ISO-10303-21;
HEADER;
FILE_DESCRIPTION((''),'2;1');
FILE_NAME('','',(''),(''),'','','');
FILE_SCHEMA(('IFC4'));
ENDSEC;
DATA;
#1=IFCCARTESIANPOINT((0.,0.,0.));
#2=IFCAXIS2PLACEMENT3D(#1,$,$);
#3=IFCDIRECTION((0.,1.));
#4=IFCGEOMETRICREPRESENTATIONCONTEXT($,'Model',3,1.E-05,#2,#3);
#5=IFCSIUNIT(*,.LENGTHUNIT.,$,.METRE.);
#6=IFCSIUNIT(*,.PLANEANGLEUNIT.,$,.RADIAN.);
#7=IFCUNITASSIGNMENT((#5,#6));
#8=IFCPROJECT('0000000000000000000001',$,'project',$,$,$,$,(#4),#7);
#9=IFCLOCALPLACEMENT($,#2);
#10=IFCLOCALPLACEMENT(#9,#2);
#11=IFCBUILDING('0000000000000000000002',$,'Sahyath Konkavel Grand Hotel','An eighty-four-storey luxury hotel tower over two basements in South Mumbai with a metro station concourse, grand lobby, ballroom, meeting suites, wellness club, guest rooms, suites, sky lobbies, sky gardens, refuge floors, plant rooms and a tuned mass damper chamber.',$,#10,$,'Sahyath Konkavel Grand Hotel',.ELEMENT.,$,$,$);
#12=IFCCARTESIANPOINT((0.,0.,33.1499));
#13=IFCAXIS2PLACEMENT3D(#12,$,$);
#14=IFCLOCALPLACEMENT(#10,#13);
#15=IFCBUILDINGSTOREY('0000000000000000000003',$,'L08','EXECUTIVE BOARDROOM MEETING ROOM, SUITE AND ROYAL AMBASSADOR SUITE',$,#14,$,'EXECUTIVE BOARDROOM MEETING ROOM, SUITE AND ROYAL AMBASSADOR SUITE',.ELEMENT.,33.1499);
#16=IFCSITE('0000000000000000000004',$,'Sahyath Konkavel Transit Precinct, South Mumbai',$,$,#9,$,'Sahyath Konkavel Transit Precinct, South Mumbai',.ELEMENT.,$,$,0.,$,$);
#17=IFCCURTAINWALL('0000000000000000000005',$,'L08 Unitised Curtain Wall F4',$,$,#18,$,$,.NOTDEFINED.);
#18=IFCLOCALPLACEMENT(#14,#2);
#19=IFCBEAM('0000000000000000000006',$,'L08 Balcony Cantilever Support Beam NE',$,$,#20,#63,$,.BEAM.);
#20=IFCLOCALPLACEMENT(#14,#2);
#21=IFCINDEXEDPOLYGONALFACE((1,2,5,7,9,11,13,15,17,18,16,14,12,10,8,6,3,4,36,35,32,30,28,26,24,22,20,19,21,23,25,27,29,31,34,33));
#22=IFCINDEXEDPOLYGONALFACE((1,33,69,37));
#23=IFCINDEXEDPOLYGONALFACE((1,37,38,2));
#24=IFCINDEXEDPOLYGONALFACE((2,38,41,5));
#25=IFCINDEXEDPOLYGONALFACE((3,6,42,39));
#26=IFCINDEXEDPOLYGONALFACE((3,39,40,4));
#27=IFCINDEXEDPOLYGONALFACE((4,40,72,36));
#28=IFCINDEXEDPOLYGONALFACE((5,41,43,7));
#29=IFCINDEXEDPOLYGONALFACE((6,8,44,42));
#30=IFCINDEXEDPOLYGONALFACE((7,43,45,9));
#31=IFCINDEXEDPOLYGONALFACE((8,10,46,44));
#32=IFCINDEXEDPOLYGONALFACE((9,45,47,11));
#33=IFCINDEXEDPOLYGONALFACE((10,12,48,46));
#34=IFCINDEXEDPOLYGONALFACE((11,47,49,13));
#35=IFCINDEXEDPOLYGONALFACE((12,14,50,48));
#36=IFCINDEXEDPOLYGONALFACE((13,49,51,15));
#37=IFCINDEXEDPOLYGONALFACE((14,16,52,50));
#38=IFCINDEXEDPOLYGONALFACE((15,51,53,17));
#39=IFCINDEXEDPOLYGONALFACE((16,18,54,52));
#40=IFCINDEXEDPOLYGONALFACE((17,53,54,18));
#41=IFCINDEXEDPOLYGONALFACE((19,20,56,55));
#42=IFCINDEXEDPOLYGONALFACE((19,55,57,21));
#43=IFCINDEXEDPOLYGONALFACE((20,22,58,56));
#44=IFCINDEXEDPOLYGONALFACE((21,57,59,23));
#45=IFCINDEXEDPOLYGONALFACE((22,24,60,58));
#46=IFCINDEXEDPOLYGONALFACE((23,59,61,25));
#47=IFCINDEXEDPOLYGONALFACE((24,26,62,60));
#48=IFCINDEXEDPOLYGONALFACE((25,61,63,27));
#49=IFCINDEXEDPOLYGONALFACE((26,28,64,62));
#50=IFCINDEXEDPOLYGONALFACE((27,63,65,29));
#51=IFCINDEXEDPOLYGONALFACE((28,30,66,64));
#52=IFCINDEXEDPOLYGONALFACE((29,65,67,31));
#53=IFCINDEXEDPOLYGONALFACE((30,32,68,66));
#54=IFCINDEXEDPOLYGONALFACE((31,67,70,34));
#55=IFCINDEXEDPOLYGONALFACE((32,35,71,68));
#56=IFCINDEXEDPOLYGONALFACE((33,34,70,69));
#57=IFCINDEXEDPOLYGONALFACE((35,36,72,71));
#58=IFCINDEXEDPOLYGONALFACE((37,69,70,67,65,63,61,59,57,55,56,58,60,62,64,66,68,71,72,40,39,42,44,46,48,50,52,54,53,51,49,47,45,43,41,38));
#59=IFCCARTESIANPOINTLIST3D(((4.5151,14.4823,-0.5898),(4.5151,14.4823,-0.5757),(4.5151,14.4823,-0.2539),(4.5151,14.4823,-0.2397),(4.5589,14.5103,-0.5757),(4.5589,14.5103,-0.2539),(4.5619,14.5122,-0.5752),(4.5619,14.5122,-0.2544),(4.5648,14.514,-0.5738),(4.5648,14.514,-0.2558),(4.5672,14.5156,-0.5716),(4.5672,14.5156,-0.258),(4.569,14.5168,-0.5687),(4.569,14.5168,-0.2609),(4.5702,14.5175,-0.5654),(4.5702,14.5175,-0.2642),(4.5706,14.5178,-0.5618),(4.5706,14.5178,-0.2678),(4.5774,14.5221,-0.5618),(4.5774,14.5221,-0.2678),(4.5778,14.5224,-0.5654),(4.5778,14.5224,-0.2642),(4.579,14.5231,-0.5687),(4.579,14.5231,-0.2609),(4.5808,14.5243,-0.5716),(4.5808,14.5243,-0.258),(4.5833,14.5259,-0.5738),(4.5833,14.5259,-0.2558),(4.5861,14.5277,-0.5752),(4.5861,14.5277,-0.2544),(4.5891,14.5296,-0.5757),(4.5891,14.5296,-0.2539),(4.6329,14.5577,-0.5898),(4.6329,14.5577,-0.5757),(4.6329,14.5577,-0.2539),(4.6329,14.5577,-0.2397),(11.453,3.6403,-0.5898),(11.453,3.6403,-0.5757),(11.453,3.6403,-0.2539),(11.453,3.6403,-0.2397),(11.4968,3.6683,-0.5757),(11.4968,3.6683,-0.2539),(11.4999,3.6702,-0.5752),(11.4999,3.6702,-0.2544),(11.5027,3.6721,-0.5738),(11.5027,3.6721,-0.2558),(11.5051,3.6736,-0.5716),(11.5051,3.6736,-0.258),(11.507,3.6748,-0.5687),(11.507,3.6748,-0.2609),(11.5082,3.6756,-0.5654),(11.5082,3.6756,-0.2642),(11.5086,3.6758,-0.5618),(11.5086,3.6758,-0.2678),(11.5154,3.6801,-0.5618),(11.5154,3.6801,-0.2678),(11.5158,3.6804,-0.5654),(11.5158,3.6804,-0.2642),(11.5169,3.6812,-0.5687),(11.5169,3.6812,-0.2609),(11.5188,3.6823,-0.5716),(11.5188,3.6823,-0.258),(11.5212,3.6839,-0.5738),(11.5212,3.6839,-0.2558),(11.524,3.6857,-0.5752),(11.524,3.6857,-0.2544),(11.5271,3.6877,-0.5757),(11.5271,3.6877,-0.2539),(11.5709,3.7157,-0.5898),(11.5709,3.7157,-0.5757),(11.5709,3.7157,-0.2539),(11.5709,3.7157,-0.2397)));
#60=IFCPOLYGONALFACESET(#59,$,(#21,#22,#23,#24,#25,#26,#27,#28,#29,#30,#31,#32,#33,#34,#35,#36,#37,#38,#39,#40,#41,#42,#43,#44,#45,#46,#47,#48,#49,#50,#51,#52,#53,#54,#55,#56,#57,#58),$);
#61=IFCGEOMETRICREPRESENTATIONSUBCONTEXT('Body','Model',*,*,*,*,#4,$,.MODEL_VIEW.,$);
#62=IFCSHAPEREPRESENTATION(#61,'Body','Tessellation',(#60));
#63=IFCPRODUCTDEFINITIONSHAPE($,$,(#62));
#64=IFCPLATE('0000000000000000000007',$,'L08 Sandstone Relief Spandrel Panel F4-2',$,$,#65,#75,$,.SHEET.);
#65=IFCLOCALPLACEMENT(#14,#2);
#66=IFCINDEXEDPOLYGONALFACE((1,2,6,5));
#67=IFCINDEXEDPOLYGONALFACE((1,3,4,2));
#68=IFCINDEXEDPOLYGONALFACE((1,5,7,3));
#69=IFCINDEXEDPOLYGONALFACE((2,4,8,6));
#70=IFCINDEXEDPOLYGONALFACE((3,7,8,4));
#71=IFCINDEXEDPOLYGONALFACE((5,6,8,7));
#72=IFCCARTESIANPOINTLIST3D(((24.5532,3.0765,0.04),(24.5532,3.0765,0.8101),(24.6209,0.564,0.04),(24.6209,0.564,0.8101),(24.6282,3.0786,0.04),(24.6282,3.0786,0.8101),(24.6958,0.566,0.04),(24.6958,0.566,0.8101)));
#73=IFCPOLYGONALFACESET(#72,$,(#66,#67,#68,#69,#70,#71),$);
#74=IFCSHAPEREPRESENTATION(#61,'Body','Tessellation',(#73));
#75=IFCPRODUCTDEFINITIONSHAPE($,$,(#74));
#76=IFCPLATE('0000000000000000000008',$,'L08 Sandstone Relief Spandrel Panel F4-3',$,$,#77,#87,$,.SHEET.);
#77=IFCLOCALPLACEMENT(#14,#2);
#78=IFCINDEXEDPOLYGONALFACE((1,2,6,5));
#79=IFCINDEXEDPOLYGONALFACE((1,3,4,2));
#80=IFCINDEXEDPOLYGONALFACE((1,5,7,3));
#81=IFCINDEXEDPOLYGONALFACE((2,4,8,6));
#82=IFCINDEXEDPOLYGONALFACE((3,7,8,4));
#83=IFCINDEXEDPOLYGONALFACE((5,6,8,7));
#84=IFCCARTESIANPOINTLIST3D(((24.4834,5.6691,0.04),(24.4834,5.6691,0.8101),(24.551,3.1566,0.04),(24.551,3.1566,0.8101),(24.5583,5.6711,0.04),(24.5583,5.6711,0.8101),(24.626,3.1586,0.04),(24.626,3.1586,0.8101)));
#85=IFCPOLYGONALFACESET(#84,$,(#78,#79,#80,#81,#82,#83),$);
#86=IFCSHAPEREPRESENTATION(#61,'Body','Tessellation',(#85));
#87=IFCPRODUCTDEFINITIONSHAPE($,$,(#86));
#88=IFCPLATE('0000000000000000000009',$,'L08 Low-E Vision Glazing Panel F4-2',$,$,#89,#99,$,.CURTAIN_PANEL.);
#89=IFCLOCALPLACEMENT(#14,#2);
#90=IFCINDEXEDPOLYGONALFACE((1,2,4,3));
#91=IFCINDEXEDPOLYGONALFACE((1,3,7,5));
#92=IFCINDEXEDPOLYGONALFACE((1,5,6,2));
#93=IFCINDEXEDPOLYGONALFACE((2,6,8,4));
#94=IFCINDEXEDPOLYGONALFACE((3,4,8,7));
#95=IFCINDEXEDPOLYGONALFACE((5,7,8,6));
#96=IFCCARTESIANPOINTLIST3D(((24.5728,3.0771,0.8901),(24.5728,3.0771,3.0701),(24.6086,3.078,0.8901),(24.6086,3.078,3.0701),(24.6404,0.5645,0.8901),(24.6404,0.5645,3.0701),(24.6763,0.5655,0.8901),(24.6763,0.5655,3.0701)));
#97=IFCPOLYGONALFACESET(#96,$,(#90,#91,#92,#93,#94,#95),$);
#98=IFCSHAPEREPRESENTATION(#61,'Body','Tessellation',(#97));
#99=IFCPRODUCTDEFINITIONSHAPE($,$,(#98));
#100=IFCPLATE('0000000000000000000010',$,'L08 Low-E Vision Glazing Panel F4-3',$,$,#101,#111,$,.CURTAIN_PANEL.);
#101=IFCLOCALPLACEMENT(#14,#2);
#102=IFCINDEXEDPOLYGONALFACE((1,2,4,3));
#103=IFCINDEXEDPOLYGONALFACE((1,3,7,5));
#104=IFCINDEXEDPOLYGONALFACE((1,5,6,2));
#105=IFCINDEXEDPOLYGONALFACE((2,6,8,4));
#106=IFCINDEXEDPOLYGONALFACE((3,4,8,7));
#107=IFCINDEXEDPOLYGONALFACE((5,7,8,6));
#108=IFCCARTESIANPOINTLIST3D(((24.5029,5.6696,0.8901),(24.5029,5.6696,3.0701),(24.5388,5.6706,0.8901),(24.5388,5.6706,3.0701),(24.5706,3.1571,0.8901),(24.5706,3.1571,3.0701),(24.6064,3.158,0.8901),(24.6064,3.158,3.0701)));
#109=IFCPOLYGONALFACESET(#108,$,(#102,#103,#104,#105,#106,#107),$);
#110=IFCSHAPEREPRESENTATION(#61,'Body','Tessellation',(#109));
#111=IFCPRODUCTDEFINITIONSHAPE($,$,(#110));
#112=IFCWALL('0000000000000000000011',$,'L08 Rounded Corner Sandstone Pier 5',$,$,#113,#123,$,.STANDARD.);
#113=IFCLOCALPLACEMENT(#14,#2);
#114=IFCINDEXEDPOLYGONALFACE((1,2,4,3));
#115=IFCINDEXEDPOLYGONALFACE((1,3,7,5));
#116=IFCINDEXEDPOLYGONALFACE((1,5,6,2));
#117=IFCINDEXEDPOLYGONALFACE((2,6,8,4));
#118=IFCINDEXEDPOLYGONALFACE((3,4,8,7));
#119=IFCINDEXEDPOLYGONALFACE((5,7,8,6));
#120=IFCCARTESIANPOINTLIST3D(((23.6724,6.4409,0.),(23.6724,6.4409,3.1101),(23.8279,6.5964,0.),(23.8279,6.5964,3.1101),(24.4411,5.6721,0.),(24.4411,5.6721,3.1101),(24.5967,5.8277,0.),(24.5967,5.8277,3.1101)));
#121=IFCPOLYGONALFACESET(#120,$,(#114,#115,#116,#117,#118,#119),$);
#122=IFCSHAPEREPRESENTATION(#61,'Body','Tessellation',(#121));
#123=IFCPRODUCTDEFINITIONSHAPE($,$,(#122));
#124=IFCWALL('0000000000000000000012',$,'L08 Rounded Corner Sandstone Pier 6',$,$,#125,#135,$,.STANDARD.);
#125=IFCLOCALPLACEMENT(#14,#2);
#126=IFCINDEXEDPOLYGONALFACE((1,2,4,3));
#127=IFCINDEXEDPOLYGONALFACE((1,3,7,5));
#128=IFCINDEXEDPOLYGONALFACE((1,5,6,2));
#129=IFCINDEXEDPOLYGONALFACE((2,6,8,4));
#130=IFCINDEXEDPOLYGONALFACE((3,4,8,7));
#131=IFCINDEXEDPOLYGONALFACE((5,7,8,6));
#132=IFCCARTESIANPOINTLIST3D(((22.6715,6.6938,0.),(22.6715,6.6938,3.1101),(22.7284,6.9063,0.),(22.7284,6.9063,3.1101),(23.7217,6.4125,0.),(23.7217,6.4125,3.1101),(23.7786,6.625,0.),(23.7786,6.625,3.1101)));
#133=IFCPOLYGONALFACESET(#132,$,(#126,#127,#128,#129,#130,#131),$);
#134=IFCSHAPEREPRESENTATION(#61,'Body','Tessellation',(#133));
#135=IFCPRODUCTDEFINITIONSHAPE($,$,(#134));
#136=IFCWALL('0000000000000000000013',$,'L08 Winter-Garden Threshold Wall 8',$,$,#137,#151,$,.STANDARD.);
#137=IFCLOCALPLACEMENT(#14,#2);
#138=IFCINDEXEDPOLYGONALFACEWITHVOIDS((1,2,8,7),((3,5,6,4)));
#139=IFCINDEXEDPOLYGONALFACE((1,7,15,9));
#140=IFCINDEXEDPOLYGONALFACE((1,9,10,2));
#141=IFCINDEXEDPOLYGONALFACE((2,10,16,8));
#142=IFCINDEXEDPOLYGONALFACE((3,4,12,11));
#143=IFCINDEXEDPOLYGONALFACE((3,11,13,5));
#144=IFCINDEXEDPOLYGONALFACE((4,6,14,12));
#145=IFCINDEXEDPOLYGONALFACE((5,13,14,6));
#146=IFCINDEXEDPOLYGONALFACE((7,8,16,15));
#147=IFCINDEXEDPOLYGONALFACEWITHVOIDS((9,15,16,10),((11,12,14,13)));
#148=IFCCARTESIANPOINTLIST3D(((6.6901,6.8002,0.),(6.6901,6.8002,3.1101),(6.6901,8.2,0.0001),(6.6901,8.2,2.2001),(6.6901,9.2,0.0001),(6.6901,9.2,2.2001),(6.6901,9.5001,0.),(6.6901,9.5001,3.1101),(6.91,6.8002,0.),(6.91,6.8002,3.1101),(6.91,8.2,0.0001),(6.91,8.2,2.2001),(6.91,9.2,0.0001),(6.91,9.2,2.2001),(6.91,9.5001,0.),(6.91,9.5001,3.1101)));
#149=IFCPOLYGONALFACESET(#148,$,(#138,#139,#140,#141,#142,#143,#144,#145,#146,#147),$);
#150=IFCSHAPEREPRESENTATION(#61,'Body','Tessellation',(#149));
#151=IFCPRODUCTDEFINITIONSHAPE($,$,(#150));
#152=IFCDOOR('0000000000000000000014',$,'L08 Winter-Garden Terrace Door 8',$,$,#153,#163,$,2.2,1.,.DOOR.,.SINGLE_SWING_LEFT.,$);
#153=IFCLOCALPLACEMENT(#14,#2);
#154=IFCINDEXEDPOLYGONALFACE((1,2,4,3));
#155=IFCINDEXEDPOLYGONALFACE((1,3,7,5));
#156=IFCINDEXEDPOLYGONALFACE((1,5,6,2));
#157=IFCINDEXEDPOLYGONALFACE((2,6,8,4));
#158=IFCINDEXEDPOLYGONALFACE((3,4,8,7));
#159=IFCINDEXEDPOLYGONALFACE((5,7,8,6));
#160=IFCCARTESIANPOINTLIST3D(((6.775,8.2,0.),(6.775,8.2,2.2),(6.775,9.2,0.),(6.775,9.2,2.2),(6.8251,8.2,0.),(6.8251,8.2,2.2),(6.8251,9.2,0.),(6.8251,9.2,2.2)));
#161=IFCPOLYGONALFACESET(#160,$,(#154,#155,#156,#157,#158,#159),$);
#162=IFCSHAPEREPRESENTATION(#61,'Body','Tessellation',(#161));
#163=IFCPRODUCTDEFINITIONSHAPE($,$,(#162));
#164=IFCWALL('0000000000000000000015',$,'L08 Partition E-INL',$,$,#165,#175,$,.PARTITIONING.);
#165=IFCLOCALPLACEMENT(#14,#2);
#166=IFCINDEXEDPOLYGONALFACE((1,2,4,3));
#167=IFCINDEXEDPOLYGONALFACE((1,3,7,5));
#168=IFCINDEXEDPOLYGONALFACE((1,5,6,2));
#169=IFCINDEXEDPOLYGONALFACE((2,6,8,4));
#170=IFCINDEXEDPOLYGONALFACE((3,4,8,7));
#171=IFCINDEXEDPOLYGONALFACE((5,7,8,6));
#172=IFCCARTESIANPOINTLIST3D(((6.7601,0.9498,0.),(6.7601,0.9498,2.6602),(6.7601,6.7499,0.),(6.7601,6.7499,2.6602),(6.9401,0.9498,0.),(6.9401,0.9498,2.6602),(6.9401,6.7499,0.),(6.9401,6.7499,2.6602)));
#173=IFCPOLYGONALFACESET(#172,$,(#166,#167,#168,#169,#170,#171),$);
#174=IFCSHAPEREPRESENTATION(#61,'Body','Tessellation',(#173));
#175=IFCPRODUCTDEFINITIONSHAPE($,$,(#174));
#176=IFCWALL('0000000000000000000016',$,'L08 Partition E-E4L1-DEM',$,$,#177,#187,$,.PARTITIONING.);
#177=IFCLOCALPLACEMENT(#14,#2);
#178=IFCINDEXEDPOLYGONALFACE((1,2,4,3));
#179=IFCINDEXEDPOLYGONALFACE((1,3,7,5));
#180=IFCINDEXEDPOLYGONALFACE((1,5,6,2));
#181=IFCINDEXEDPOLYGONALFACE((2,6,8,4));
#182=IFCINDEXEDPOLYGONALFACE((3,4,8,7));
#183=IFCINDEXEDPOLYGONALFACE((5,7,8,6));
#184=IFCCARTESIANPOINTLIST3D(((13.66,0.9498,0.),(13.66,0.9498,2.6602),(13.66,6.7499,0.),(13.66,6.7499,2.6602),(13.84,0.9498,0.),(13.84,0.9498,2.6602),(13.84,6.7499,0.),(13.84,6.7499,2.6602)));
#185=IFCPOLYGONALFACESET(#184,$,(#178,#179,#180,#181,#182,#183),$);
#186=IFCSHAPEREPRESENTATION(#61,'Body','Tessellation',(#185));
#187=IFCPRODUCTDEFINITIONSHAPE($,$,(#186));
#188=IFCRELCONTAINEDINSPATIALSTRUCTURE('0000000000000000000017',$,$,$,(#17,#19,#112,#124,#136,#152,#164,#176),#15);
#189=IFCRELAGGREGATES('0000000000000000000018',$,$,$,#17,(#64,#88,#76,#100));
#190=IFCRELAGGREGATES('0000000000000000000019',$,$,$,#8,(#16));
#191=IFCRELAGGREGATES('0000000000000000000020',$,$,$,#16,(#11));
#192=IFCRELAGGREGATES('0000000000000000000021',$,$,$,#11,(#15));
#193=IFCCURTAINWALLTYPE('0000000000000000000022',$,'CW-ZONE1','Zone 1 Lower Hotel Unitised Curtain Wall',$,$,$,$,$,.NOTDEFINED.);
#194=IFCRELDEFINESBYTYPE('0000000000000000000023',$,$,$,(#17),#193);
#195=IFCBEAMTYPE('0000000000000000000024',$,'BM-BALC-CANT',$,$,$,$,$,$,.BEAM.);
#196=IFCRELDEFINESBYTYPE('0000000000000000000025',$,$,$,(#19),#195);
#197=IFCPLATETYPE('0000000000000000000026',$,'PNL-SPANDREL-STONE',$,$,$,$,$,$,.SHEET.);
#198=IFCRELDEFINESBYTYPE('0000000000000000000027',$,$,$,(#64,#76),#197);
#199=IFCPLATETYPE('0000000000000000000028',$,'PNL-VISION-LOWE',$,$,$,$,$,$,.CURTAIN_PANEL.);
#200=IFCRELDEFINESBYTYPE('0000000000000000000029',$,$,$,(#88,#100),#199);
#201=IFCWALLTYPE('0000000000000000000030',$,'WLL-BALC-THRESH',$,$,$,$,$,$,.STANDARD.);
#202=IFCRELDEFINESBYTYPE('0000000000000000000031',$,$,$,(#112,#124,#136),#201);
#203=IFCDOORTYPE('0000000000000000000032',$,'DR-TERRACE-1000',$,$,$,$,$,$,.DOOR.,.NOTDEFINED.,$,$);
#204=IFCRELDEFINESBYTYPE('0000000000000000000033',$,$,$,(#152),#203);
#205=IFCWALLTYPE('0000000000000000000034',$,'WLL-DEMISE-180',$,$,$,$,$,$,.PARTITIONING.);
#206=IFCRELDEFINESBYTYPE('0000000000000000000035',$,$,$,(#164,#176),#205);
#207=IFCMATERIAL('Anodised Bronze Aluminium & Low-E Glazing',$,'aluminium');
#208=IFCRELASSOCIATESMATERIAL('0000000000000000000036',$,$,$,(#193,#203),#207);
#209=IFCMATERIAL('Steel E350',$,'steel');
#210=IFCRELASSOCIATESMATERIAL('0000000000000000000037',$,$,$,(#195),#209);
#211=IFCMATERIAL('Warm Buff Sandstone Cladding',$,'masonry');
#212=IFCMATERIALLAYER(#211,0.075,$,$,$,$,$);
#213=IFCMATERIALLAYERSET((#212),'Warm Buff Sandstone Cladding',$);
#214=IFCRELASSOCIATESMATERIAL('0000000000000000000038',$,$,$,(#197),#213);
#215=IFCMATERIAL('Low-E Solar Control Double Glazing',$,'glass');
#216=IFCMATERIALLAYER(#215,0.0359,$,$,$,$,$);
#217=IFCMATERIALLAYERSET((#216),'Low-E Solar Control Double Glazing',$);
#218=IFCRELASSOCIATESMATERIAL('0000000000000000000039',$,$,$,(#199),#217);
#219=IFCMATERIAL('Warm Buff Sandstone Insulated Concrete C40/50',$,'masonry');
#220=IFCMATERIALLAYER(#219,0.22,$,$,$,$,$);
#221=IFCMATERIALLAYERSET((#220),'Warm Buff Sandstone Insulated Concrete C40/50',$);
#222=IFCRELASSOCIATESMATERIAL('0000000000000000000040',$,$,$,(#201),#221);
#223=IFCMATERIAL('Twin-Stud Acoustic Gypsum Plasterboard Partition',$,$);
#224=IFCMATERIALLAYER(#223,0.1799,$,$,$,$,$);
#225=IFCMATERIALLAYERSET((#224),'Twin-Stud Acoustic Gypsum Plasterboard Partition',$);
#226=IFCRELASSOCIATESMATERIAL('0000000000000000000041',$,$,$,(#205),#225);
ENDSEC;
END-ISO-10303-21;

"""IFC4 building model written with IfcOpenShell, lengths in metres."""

from ifc_helpers import new_model, si_unit, direction, frame, frame_2d, origin, origin_2d, place, context, subcontext, project, spatial, rectangle, i_section, extrude, source, transform, mapped, material, layer, layer_set, material_profile, profile_set, type_object, element, fill, aggregate, save


model = new_model("IFC4")

# Units and contexts
model_context = context("Model", 3, precision=1e-05, world=origin(), true_north=direction((0.0, 1.0)))
body_context = subcontext(model_context, "Body", "Model", "MODEL_VIEW")
ifc_project = project(units=[si_unit("LENGTHUNIT", "METRE"), si_unit("PLANEANGLEUNIT", "RADIAN")], contexts=[model_context])

# Site, building, storey
site_placement = place(None, origin())
site = spatial("IfcSite", under=ifc_project, at=site_placement, Name="Sahyath Konkavel Transit Precinct, South Mumbai", LongName="Sahyath Konkavel Transit Precinct, South Mumbai", CompositionType="ELEMENT", RefElevation=0.0)
building_placement = place(site_placement, origin())
building = spatial("IfcBuilding", under=site, at=building_placement, Name="Sahyath Konkavel Grand Hotel", Description="An eighty-four-storey luxury hotel tower over two basements in South Mumbai with a metro station concourse, grand lobby, ballroom, meeting suites, wellness club, guest rooms, suites, sky lobbies, sky gardens, refuge floors, plant rooms and a tuned mass damper chamber.", LongName="Sahyath Konkavel Grand Hotel", CompositionType="ELEMENT")
storey_placement = place(building_placement, frame((0.0, 0.0, 33.1499)))
storey = spatial("IfcBuildingStorey", under=building, at=storey_placement, Name="L08", Description="EXECUTIVE BOARDROOM MEETING ROOM, SUITE AND ROYAL AMBASSADOR SUITE", LongName="EXECUTIVE BOARDROOM MEETING ROOM, SUITE AND ROYAL AMBASSADOR SUITE", CompositionType="ELEMENT", Elevation=33.1499)

# Shared definitions
ifc_material_1 = material(Name="Steel E350", Category="steel")

# Curtain wall
ifc_material_2 = material(Name="Anodised Bronze Aluminium & Low-E Glazing", Category="aluminium")
curtain_wall_type = type_object("IfcCurtainWallType", Name="CW-ZONE1", Description="Zone 1 Lower Hotel Unitised Curtain Wall", PredefinedType="NOTDEFINED", material=ifc_material_2)
curtain_wall_placement = place(storey_placement, origin())
curtain_wall = element("IfcCurtainWall", 1, at=curtain_wall_placement, inside=storey, type_object=curtain_wall_type, Name="L08 Unitised Curtain Wall F4", PredefinedType="NOTDEFINED")

# Beam
ifc_material_profile_1 = material_profile(ifc_material_1, i_section(OverallWidth=0.1399, OverallDepth=0.3501, WebThickness=0.0081, FlangeThickness=0.0142, FilletRadius=0.0139, at=origin_2d()), Name="ISMB 350")
ifc_profile_set_1 = profile_set([ifc_material_profile_1], Name="Steel E350")
beam_type_1 = type_object("IfcBeamType", Name="BM-BALC-CANT", PredefinedType="BEAM", material=ifc_profile_set_1)
shared_shape_1 = source(origin(), body_context, "Body", "SweptSolid", [
    extrude(i_section(OverallWidth=0.1399, OverallDepth=0.3501, WebThickness=0.0081, FlangeThickness=0.0142, FilletRadius=0.0139, at=origin_2d()), origin(), (0.0, 0.0, 1.0), 12.8718),
])
beam_1_placement = place(storey_placement, frame((11.512, 3.678, -0.4148), z_axis=(-0.539003, 0.842304, 0.0), x_axis=(-0.842304, -0.539003, 0.0)))
element("IfcBeam", 2, at=beam_1_placement, inside=storey, type_object=beam_type_1, Name="L08 Balcony Cantilever Support Beam NE", PredefinedType="BEAM", context=body_context, shape_type="MappedRepresentation", body=[
    mapped(shared_shape_1, transform((0.0, 0.0, 0.0), scale=1.0)),
])

# Plates
ifc_material_3 = material(Name="Warm Buff Sandstone Cladding", Category="masonry")
ifc_layer_1 = layer(ifc_material_3, 0.075)
ifc_layer_set_1 = layer_set([ifc_layer_1], Name="Warm Buff Sandstone Cladding")
plate_type_1 = type_object("IfcPlateType", Name="PNL-SPANDREL-STONE", PredefinedType="SHEET", material=ifc_layer_set_1)
shared_shape_2 = source(origin(), body_context, "Body", "SweptSolid", [
    extrude(rectangle(XDim=2.5134, YDim=0.075, at=origin_2d()), origin(), (0.0, 0.0, 1.0), 0.77),
])
plate_1_placement = place(storey_placement, frame((24.6245, 1.8213, 0.04), z_axis=(0.0, 0.0, 1.0), x_axis=(-0.02691, 0.999638, 0.0)))
plate_1 = element("IfcPlate", 3, at=plate_1_placement, type_object=plate_type_1, Name="L08 Sandstone Relief Spandrel Panel F4-2", PredefinedType="SHEET", context=body_context, shape_type="MappedRepresentation", body=[
    mapped(shared_shape_2, transform((0.0, 0.0, 0.0), scale=1.0)),
])
plate_2_placement = place(storey_placement, frame((24.5547, 4.4138, 0.04), z_axis=(0.0, 0.0, 1.0), x_axis=(-0.02691, 0.999638, 0.0)))
plate_2 = element("IfcPlate", 4, at=plate_2_placement, type_object=plate_type_1, Name="L08 Sandstone Relief Spandrel Panel F4-3", PredefinedType="SHEET", context=body_context, shape_type="MappedRepresentation", body=[
    mapped(shared_shape_2, transform((0.0, 0.0, 0.0), scale=1.0)),
])
ifc_material_4 = material(Name="Low-E Solar Control Double Glazing", Category="glass")
ifc_layer_2 = layer(ifc_material_4, 0.0359)
ifc_layer_set_2 = layer_set([ifc_layer_2], Name="Low-E Solar Control Double Glazing")
plate_type_2 = type_object("IfcPlateType", Name="PNL-VISION-LOWE", PredefinedType="CURTAIN_PANEL", material=ifc_layer_set_2)
shared_shape_3 = source(origin(), body_context, "Body", "SweptSolid", [
    extrude(rectangle(XDim=2.5134, YDim=0.0359, at=origin_2d()), origin(), (0.0, 0.0, 1.0), 2.1799),
])
plate_3_placement = place(storey_placement, frame((24.6245, 1.8213, 0.8901), z_axis=(0.0, 0.0, 1.0), x_axis=(-0.02691, 0.999638, 0.0)))
plate_3 = element("IfcPlate", 5, at=plate_3_placement, type_object=plate_type_2, Name="L08 Low-E Vision Glazing Panel F4-2", PredefinedType="CURTAIN_PANEL", context=body_context, shape_type="MappedRepresentation", body=[
    mapped(shared_shape_3, transform((0.0, 0.0, 0.0), scale=1.0)),
])
plate_4_placement = place(storey_placement, frame((24.5547, 4.4138, 0.8901), z_axis=(0.0, 0.0, 1.0), x_axis=(-0.02691, 0.999638, 0.0)))
plate_4 = element("IfcPlate", 6, at=plate_4_placement, type_object=plate_type_2, Name="L08 Low-E Vision Glazing Panel F4-3", PredefinedType="CURTAIN_PANEL", context=body_context, shape_type="MappedRepresentation", body=[
    mapped(shared_shape_3, transform((0.0, 0.0, 0.0), scale=1.0)),
])
aggregate(curtain_wall, [plate_1, plate_3, plate_2, plate_4])

# Walls
ifc_material_5 = material(Name="Warm Buff Sandstone Insulated Concrete C40/50", Category="masonry")
ifc_layer_3 = layer(ifc_material_5, 0.22)
ifc_layer_set_3 = layer_set([ifc_layer_3], Name="Warm Buff Sandstone Insulated Concrete C40/50")
wall_type_1 = type_object("IfcWallType", Name="WLL-BALC-THRESH", PredefinedType="STANDARD", material=ifc_layer_set_3)
for number, where, z_axis, x_axis, name in (
    (7, (24.5188, 5.75, 0.0), (0.0, 0.0, 1.0), (-0.707107, 0.707107, 0.0), "L08 Rounded Corner Sandstone Pier 5"),
    (8, (23.75, 6.5188, 0.0), (0.0, 0.0, 1.0), (-0.965951, 0.258725, 0.0), "L08 Rounded Corner Sandstone Pier 6"),
):
    element("IfcWall", number, at=place(storey_placement, frame(where, z_axis=z_axis, x_axis=x_axis)), inside=storey, type_object=wall_type_1, Name=name, PredefinedType="STANDARD", context=body_context, shape_type="SweptSolid", body=[
        extrude(rectangle(XDim=1.0872, YDim=0.22, at=frame_2d((0.5435, 0.0))), origin(), (0.0, 0.0, 1.0), 3.1101),
    ])

# Wall, opening, door
wall_1_placement = place(storey_placement, frame((6.8, 6.8, 0.0), z_axis=(0.0, 0.0, 1.0), x_axis=(0.0, 1.0, 0.0)))
wall_1 = element("IfcWall", 9, at=wall_1_placement, inside=storey, type_object=wall_type_1, Name="L08 Winter-Garden Threshold Wall 8", PredefinedType="STANDARD", context=body_context, shape_type="SweptSolid", body=[
    extrude(rectangle(XDim=2.7, YDim=0.22, at=frame_2d((1.3501, 0.0))), origin(), (0.0, 0.0, 1.0), 3.1101),
])
opening_1_placement = place(wall_1_placement, frame((1.3999, 0.0, 0.0)))
opening_1 = element("IfcOpeningElement", 10, at=opening_1_placement, cuts=wall_1, PredefinedType="OPENING", context=body_context, shape_type="SweptSolid", body=[
    extrude(rectangle(XDim=1.0, YDim=2.2, at=frame_2d((0.5, 1.1001))), frame((0.0, 0.1201, 0.0), z_axis=(0.0, -1.0, 0.0), x_axis=(1.0, 0.0, 0.0)), (0.0, 0.0, 1.0), 0.24),
])
door_type_1 = type_object("IfcDoorType", Name="DR-TERRACE-1000", OperationType="NOTDEFINED", PredefinedType="DOOR", material=ifc_material_2)
shared_shape_4 = source(origin(), body_context, "Body", "SweptSolid", [
    extrude(rectangle(XDim=1.0, YDim=0.05, at=origin_2d()), origin(), (0.0, 0.0, 1.0), 2.2),
])
door_1_placement = place(opening_1_placement, frame((0.5, 0.0, 0.0)))
door_1 = element("IfcDoor", 11, at=door_1_placement, inside=storey, type_object=door_type_1, Name="L08 Winter-Garden Terrace Door 8", OperationType="SINGLE_SWING_LEFT", OverallHeight=2.2, OverallWidth=1.0, PredefinedType="DOOR", context=body_context, shape_type="MappedRepresentation", body=[
    mapped(shared_shape_4, transform((0.0, 0.0, 0.0), scale=1.0)),
])
fill(opening_1, door_1)

# Walls
ifc_material_6 = material(Name="Twin-Stud Acoustic Gypsum Plasterboard Partition")
ifc_layer_4 = layer(ifc_material_6, 0.1799)
ifc_layer_set_4 = layer_set([ifc_layer_4], Name="Twin-Stud Acoustic Gypsum Plasterboard Partition")
wall_type_2 = type_object("IfcWallType", Name="WLL-DEMISE-180", PredefinedType="PARTITIONING", material=ifc_layer_set_4)
for number, where, z_axis, x_axis, name in (
    (12, (6.8501, 0.95, 0.0), (0.0, 0.0, 1.0), (0.0, 1.0, 0.0), "L08 Partition E-INL"),
    (13, (13.75, 0.95, 0.0), (0.0, 0.0, 1.0), (0.0, 1.0, 0.0), "L08 Partition E-E4L1-DEM"),
):
    element("IfcWall", number, at=place(storey_placement, frame(where, z_axis=z_axis, x_axis=x_axis)), inside=storey, type_object=wall_type_2, Name=name, PredefinedType="PARTITIONING", context=body_context, shape_type="SweptSolid", body=[
        extrude(rectangle(XDim=5.8, YDim=0.1799, at=frame_2d((2.8999, 0.0))), origin(), (0.0, 0.0, 1.0), 2.6602),
    ])

save(model, "model.ifc")
